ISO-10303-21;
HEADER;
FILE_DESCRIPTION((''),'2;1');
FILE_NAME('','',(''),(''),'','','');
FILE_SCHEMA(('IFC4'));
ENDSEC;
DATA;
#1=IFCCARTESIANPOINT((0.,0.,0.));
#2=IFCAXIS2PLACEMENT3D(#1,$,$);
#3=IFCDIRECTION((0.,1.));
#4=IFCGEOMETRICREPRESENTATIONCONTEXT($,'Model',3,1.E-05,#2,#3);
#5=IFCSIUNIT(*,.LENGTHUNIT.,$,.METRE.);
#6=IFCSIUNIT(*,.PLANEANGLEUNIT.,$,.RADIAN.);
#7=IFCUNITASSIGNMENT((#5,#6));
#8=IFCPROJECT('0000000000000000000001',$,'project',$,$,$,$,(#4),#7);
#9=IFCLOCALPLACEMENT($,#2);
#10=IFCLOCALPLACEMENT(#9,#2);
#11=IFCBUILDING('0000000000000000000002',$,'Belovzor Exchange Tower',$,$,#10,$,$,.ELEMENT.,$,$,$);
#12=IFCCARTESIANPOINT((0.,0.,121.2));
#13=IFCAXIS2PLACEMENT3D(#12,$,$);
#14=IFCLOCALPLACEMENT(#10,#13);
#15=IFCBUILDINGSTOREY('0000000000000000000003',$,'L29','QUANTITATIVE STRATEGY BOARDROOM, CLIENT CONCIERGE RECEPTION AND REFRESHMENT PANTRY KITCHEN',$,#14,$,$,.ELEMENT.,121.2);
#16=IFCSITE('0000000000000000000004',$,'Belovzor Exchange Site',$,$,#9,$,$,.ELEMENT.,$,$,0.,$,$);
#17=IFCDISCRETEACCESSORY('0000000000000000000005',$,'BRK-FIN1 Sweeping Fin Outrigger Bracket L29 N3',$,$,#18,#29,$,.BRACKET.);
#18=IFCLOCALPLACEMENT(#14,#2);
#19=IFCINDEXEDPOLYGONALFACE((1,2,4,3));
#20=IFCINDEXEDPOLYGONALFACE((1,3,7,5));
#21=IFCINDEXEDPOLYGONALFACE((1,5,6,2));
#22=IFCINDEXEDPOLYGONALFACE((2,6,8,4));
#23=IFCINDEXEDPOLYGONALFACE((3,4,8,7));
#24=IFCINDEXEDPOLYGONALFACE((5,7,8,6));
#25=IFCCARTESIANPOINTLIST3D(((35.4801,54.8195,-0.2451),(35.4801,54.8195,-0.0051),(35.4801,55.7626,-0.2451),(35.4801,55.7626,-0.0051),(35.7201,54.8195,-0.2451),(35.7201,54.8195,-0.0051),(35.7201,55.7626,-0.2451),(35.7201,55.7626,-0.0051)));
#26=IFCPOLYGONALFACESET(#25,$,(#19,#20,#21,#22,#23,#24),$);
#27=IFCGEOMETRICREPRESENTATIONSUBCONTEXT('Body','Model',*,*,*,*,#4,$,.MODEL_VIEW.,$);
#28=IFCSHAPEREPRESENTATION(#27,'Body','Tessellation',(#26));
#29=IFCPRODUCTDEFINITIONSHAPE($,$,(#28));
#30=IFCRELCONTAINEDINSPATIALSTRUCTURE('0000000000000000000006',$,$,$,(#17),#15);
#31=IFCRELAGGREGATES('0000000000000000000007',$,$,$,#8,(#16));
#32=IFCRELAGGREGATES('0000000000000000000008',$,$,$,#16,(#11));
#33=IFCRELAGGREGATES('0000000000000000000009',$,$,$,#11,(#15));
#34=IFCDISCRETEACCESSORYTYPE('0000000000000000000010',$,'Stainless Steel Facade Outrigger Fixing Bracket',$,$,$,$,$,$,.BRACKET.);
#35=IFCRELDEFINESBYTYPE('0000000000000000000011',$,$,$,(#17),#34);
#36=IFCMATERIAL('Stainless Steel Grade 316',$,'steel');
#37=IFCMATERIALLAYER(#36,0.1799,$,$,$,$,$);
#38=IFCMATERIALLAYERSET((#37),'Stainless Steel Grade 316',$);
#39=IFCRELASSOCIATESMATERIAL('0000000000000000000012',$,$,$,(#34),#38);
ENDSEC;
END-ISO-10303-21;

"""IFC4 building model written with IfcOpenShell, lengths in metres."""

from ifc_helpers import new_model, si_unit, direction, frame, origin, origin_2d, place, context, subcontext, project, spatial, rectangle, extrude, material, layer, layer_set, type_object, element, save


model = new_model("IFC4")

# Units and contexts
model_context = context("Model", 3, precision=1e-05, world=origin(), true_north=direction((0.0, 1.0)))
body_context = subcontext(model_context, "Body", "Model", "MODEL_VIEW")
ifc_project = project(units=[si_unit("LENGTHUNIT", "METRE"), si_unit("PLANEANGLEUNIT", "RADIAN")], contexts=[model_context])

# Site, building, storey
site_placement = place(None, origin())
site = spatial("IfcSite", under=ifc_project, at=site_placement, Name="Belovzor Exchange Site", CompositionType="ELEMENT", RefElevation=0.0)
building_placement = place(site_placement, origin())
building = spatial("IfcBuilding", under=site, at=building_placement, Name="Belovzor Exchange Tower", CompositionType="ELEMENT")
storey_placement = place(building_placement, frame((0.0, 0.0, 121.2)))
storey = spatial("IfcBuildingStorey", under=building, at=storey_placement, Name="L29", Description="QUANTITATIVE STRATEGY BOARDROOM, CLIENT CONCIERGE RECEPTION AND REFRESHMENT PANTRY KITCHEN", CompositionType="ELEMENT", Elevation=121.2)

# Discrete accessory
ifc_material_1 = material(Name="Stainless Steel Grade 316", Category="steel")
ifc_layer_1 = layer(ifc_material_1, 0.1799)
ifc_layer_set_1 = layer_set([ifc_layer_1], Name="Stainless Steel Grade 316")
discrete_accessory_type = type_object("IfcDiscreteAccessoryType", Name="Stainless Steel Facade Outrigger Fixing Bracket", PredefinedType="BRACKET", material=ifc_layer_set_1)
discrete_accessory_placement = place(storey_placement, frame((35.6001, 55.291, -0.2451), z_axis=(0.0, 0.0, 1.0), x_axis=(0.0, 1.0, 0.0)))
element("IfcDiscreteAccessory", 1, at=discrete_accessory_placement, inside=storey, type_object=discrete_accessory_type, Name="BRK-FIN1 Sweeping Fin Outrigger Bracket L29 N3", PredefinedType="BRACKET", context=body_context, shape_type="SweptSolid", body=[
    extrude(rectangle(XDim=0.9431, YDim=0.24, at=origin_2d()), origin(), (0.0, 0.0, 1.0), 0.24),
])

save(model, "model.ifc")
